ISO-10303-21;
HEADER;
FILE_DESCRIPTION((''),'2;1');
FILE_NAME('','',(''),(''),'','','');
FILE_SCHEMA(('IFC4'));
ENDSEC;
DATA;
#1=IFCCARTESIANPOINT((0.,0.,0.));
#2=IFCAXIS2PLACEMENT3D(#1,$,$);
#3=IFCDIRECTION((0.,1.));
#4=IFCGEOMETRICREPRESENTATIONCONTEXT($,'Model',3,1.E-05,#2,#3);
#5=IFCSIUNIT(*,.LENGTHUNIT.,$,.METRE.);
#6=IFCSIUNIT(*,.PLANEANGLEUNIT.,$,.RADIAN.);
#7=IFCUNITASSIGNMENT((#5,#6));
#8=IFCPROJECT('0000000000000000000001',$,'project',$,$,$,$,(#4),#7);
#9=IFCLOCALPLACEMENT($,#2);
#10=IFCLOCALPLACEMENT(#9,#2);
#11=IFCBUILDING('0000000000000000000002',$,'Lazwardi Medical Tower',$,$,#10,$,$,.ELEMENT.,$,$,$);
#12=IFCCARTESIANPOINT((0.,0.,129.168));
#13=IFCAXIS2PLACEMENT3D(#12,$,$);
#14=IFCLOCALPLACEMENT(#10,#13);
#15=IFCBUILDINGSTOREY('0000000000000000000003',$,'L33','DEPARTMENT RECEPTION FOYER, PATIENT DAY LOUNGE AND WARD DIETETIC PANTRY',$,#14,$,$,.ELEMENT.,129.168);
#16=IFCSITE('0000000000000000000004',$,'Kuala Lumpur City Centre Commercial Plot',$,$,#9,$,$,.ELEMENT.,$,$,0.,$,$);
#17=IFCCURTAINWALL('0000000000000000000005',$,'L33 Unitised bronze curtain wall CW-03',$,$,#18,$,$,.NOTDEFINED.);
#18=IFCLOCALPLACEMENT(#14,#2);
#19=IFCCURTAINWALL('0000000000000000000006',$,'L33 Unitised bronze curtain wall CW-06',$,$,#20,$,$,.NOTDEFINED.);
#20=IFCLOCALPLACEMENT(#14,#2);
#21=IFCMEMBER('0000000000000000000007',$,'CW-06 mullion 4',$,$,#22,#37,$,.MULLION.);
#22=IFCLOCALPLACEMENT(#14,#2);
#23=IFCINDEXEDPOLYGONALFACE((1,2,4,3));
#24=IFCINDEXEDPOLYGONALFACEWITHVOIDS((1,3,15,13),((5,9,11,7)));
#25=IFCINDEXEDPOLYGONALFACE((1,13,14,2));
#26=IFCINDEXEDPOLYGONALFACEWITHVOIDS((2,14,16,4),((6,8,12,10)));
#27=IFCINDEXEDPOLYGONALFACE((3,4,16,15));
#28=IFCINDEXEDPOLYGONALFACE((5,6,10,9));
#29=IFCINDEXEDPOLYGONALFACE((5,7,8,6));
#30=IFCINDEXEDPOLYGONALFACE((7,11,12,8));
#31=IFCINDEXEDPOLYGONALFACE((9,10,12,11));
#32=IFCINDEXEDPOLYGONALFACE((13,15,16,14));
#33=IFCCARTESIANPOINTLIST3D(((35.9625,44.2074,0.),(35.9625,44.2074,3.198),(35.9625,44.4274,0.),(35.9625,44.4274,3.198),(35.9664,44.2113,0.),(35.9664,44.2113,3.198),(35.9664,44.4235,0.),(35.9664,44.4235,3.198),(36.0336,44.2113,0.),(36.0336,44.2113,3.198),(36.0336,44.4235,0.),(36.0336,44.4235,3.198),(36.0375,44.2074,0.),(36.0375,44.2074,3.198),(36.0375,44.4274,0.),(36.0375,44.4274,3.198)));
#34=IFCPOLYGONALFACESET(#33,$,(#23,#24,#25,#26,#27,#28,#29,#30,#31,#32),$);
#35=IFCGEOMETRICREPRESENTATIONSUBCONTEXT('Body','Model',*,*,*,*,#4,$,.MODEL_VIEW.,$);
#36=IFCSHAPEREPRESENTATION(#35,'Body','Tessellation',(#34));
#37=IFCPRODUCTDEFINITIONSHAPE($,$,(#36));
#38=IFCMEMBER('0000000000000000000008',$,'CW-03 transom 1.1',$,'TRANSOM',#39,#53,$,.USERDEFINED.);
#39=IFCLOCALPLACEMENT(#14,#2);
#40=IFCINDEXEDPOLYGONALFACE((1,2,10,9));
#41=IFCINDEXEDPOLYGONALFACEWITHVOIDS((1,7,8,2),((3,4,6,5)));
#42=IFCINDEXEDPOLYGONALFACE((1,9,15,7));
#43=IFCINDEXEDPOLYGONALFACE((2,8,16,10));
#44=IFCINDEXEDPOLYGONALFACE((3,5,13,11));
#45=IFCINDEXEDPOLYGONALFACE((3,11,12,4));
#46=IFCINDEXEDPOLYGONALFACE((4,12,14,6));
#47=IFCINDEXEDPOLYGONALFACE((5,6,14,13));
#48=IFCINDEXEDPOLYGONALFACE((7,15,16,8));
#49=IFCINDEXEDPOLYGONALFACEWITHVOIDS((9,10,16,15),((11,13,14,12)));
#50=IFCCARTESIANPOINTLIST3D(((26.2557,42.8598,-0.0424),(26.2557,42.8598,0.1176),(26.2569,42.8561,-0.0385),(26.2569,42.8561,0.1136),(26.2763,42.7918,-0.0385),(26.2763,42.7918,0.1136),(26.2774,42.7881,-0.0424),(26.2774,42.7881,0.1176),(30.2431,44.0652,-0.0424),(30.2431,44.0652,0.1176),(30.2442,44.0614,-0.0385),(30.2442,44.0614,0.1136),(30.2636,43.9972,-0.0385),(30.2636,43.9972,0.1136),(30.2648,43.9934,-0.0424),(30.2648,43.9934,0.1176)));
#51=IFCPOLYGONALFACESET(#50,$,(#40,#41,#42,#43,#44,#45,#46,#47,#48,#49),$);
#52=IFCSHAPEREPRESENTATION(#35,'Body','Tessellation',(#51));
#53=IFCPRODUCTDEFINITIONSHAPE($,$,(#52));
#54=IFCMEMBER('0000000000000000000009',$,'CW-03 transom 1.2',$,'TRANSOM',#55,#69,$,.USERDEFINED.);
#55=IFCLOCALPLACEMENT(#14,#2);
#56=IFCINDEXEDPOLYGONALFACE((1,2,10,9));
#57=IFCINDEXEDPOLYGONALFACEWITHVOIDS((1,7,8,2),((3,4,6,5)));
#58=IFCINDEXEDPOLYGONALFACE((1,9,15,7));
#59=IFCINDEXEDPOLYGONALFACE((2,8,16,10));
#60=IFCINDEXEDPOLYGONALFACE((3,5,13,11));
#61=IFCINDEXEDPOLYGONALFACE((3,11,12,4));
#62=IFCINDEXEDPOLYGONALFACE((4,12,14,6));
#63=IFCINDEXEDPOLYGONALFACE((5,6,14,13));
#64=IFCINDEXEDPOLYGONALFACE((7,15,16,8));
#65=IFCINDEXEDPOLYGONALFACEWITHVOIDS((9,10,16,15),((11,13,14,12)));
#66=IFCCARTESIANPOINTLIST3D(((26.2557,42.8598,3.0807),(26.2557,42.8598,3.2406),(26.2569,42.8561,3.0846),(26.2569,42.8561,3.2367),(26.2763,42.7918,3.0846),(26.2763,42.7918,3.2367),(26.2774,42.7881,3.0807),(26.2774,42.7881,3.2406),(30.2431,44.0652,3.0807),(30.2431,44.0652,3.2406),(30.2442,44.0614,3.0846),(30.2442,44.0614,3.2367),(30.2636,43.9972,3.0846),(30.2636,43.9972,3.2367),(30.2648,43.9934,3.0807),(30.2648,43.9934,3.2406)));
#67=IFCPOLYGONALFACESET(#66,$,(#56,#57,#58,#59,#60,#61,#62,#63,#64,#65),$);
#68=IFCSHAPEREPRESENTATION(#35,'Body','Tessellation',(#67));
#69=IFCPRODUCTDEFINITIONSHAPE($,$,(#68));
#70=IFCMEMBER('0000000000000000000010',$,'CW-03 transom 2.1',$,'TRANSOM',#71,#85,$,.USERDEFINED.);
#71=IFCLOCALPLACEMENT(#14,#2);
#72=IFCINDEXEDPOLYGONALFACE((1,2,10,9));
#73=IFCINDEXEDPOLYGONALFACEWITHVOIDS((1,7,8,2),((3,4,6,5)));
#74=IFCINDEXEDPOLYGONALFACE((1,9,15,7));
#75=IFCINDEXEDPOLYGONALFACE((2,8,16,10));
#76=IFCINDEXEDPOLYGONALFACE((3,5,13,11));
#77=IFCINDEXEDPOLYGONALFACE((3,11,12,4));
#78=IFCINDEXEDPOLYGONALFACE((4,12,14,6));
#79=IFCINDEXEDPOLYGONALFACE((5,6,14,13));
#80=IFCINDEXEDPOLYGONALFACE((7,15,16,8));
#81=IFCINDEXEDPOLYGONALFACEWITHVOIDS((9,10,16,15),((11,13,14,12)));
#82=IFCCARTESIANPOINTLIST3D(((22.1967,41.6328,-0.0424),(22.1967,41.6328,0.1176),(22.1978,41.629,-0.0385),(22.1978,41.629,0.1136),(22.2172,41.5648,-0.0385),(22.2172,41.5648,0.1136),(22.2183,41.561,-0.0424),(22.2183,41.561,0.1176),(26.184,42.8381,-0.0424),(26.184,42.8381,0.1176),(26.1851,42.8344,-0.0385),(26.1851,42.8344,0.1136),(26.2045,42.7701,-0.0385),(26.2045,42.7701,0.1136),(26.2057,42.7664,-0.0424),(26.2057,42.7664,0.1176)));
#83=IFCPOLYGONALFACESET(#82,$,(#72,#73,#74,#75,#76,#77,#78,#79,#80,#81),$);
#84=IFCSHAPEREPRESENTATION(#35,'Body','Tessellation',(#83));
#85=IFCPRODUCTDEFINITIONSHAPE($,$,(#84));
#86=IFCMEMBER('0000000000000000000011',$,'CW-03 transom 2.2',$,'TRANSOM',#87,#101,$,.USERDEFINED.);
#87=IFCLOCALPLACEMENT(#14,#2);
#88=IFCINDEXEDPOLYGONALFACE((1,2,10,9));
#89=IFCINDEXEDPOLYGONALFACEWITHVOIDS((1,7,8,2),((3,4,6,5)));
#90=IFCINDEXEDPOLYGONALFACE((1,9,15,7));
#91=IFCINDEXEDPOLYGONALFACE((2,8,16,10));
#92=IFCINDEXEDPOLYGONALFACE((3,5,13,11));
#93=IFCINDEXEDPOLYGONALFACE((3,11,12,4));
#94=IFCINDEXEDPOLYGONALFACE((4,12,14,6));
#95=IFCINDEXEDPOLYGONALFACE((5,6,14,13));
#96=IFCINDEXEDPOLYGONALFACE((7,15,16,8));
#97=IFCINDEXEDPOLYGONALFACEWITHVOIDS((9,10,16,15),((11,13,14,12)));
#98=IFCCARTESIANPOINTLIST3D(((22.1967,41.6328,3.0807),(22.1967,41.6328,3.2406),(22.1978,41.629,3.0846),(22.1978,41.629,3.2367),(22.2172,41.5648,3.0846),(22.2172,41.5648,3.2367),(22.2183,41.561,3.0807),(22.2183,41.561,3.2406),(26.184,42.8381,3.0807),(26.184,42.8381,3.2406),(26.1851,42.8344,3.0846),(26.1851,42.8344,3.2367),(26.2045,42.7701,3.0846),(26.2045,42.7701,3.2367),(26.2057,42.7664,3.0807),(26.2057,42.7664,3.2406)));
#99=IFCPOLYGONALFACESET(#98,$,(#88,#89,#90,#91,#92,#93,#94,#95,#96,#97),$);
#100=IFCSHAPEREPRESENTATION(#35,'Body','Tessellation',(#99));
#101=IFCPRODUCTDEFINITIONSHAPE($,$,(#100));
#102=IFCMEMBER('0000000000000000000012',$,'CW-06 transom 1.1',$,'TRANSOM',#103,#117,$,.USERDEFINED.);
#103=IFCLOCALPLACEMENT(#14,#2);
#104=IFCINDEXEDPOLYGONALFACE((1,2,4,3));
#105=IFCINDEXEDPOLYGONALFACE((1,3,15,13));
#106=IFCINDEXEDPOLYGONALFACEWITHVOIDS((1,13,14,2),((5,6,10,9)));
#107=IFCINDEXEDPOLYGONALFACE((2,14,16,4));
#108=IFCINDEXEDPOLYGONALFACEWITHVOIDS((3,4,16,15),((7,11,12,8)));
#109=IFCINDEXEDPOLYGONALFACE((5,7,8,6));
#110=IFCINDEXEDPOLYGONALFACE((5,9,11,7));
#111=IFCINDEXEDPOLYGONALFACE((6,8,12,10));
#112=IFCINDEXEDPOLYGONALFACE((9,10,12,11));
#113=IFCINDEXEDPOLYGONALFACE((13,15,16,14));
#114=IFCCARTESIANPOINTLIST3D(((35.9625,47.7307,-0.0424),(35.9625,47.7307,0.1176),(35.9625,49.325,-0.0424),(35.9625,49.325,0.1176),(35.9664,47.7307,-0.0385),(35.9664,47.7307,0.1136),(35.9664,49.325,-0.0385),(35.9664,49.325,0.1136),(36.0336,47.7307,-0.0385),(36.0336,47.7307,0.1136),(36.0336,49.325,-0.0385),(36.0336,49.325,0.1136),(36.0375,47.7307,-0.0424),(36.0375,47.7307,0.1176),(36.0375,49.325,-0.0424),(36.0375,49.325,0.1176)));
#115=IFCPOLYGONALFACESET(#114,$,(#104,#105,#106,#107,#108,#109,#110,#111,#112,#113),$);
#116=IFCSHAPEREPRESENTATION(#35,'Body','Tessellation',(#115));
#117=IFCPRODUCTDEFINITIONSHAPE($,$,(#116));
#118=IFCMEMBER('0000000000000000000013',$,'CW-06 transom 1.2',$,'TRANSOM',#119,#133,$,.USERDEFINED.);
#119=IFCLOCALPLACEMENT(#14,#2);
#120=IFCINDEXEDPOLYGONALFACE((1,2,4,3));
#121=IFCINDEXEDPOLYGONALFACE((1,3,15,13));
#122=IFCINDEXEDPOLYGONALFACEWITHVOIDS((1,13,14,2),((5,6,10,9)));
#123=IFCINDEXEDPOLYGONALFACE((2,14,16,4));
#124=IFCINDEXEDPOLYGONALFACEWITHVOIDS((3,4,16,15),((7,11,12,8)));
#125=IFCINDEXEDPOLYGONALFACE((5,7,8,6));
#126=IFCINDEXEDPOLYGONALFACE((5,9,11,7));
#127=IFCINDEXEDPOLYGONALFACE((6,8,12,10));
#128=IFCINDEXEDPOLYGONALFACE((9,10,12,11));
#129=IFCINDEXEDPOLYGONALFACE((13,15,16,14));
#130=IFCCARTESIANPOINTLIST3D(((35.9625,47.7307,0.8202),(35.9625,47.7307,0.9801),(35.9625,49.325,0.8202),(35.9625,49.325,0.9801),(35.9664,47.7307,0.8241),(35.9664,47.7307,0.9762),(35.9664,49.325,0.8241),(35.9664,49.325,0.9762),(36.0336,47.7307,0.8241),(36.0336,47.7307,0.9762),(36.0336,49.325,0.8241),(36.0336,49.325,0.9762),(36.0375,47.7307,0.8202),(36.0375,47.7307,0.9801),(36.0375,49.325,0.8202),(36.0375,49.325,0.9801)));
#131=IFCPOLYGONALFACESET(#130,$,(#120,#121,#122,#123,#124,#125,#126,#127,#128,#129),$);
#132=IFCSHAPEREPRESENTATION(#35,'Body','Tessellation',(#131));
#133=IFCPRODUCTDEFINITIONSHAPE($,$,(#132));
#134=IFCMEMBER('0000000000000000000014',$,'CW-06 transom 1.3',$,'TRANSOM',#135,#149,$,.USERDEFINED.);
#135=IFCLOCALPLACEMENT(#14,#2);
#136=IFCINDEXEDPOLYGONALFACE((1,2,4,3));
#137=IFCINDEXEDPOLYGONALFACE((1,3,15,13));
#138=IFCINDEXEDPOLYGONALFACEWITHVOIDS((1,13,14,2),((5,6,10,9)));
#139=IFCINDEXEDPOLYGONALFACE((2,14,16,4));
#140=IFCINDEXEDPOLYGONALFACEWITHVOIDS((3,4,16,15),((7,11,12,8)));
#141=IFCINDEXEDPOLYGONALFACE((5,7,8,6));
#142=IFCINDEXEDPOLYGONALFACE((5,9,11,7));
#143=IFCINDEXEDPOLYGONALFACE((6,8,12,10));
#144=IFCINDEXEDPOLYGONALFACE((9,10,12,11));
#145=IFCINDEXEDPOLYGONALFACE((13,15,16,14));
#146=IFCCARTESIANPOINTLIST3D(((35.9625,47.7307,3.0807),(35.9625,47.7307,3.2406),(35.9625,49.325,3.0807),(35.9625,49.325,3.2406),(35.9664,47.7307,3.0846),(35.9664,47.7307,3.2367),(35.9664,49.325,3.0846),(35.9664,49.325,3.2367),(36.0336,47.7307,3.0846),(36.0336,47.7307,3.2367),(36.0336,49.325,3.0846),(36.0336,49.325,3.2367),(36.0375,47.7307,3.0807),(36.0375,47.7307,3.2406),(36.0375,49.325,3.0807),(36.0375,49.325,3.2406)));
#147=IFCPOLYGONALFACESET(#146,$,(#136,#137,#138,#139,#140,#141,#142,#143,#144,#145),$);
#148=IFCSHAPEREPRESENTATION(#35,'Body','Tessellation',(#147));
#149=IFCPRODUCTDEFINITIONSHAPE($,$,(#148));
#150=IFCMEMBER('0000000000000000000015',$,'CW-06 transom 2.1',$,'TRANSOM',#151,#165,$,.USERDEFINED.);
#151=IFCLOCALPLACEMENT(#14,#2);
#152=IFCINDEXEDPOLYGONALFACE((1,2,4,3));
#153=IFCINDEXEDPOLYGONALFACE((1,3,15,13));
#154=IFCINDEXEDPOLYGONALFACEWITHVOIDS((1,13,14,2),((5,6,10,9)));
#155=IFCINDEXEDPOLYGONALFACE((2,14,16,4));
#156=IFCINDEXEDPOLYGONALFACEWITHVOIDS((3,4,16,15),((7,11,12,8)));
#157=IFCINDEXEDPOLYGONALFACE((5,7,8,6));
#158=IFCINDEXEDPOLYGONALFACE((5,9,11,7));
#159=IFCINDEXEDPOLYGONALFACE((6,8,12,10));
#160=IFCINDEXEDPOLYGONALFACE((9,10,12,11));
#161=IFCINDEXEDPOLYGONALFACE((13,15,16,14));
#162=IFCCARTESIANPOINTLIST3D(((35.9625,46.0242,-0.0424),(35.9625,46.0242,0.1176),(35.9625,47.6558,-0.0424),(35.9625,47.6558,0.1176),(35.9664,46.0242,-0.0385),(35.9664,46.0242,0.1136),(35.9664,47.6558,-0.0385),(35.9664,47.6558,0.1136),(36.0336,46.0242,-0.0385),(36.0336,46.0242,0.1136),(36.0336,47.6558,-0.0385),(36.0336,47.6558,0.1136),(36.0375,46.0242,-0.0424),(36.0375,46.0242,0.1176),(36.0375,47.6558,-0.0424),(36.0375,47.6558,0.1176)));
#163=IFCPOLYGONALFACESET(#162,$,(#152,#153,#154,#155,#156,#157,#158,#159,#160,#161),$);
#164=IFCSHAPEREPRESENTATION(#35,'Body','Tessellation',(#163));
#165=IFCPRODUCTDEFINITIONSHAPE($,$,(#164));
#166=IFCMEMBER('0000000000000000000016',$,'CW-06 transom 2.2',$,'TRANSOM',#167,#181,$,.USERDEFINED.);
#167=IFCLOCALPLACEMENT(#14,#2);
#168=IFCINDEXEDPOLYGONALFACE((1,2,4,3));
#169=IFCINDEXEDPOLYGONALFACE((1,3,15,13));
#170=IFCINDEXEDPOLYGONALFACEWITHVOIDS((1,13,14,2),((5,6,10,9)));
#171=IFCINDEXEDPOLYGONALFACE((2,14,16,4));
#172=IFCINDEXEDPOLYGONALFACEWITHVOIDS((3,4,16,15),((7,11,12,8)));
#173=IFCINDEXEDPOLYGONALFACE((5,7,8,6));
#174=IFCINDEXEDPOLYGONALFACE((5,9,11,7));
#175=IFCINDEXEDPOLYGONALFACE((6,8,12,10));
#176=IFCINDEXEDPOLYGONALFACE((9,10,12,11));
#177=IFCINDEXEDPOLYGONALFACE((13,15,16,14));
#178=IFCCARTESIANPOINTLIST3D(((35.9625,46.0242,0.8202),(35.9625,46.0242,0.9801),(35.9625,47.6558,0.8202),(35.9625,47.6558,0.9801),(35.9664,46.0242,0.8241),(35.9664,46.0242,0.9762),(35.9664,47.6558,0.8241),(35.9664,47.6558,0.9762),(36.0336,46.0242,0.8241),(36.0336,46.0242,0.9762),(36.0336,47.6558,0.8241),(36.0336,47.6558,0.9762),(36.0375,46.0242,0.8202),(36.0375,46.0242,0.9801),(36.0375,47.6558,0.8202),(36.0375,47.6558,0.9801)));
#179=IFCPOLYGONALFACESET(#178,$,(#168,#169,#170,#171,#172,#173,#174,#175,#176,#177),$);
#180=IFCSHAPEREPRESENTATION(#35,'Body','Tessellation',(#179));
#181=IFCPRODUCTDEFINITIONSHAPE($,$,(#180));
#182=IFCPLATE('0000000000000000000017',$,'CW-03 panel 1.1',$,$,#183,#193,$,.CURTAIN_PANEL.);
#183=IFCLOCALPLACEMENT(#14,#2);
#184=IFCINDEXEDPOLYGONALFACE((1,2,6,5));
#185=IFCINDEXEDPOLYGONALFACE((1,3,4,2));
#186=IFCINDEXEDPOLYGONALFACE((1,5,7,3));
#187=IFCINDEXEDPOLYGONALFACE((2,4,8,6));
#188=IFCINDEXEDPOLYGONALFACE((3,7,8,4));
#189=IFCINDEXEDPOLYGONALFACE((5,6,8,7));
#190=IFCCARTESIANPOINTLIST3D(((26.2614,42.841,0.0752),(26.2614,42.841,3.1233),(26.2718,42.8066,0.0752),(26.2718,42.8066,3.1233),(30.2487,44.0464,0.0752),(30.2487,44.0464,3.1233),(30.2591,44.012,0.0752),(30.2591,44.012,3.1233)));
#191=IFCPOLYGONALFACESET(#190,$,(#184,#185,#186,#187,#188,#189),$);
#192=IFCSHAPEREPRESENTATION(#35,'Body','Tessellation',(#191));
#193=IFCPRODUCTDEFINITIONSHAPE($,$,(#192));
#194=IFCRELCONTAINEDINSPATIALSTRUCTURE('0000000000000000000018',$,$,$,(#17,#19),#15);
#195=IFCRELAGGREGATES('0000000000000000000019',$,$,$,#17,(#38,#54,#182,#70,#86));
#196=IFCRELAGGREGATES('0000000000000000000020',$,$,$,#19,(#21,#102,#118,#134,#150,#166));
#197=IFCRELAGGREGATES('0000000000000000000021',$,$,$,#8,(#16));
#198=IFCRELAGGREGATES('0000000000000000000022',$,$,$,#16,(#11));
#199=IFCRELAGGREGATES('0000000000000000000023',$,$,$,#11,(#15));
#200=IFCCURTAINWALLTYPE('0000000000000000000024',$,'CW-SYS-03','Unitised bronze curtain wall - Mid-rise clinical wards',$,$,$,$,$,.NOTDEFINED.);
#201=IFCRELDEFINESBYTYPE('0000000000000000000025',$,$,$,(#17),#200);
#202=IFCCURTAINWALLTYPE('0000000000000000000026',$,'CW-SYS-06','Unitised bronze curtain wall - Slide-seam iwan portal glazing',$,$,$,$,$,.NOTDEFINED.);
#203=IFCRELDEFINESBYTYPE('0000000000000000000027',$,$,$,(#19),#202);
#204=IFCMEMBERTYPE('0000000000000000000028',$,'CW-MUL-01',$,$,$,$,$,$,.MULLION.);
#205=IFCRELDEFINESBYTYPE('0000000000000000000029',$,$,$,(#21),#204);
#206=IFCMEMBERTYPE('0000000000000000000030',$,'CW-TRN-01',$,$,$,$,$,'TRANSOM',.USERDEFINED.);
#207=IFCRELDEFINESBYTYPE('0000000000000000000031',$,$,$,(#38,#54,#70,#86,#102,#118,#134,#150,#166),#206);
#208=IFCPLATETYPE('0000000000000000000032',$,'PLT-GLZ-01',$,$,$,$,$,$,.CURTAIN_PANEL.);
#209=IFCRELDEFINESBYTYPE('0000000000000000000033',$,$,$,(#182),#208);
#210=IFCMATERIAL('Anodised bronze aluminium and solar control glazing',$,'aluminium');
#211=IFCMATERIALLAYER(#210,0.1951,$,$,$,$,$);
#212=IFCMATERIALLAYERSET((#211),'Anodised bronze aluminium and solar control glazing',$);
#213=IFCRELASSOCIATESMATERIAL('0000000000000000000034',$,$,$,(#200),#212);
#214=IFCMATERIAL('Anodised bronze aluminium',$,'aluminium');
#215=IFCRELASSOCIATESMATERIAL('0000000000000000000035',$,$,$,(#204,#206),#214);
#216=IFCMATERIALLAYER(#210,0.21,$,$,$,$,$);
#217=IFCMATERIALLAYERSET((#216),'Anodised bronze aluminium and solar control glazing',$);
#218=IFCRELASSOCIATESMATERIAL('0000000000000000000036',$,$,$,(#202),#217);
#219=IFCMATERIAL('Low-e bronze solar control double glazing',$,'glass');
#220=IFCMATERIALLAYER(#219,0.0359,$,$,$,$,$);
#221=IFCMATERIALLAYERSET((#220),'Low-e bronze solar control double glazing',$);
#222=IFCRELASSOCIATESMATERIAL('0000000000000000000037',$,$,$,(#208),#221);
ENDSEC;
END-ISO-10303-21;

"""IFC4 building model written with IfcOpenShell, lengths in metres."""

from ifc_helpers import new_model, si_unit, direction, frame, origin, origin_2d, place, context, subcontext, project, spatial, rectangle, hollow_rectangle, extrude, material, layer, layer_set, material_profile, profile_set, type_object, element, aggregate, save


model = new_model("IFC4")

# Units and contexts
model_context = context("Model", 3, precision=1e-05, world=origin(), true_north=direction((0.0, 1.0)))
body_context = subcontext(model_context, "Body", "Model", "MODEL_VIEW")
ifc_project = project(units=[si_unit("LENGTHUNIT", "METRE"), si_unit("PLANEANGLEUNIT", "RADIAN")], contexts=[model_context])

# Site, building, storey
site_placement = place(None, origin())
site = spatial("IfcSite", under=ifc_project, at=site_placement, Name="Kuala Lumpur City Centre Commercial Plot", CompositionType="ELEMENT", RefElevation=0.0)
building_placement = place(site_placement, origin())
building = spatial("IfcBuilding", under=site, at=building_placement, Name="Lazwardi Medical Tower", CompositionType="ELEMENT")
storey_placement = place(building_placement, frame((0.0, 0.0, 129.168)))
storey = spatial("IfcBuildingStorey", under=building, at=storey_placement, Name="L33", Description="DEPARTMENT RECEPTION FOYER, PATIENT DAY LOUNGE AND WARD DIETETIC PANTRY", CompositionType="ELEMENT", Elevation=129.168)

# Curtain walls, member
ifc_material_1 = material(Name="Anodised bronze aluminium and solar control glazing", Category="aluminium")
ifc_layer_1 = layer(ifc_material_1, 0.1951)
ifc_layer_set_1 = layer_set([ifc_layer_1], Name="Anodised bronze aluminium and solar control glazing")
curtain_wall_type_1 = type_object("IfcCurtainWallType", Name="CW-SYS-03", Description="Unitised bronze curtain wall - Mid-rise clinical wards", PredefinedType="NOTDEFINED", material=ifc_layer_set_1)
curtain_wall_1_placement = place(storey_placement, origin())
curtain_wall_1 = element("IfcCurtainWall", 1, at=curtain_wall_1_placement, inside=storey, type_object=curtain_wall_type_1, Name="L33 Unitised bronze curtain wall CW-03", PredefinedType="NOTDEFINED")
ifc_material_2 = material(Name="Anodised bronze aluminium", Category="aluminium")
ifc_material_profile_1 = material_profile(ifc_material_2, hollow_rectangle(XDim=0.075, YDim=0.22, WallThickness=0.0039, at=origin_2d()), Name="ALU-MULLION 220x75x4")
ifc_profile_set_1 = profile_set([ifc_material_profile_1], Name="Anodised bronze aluminium")
member_type_1 = type_object("IfcMemberType", Name="CW-MUL-01", PredefinedType="MULLION", material=ifc_profile_set_1)
ifc_layer_2 = layer(ifc_material_1, 0.21)
ifc_layer_set_2 = layer_set([ifc_layer_2], Name="Anodised bronze aluminium and solar control glazing")
curtain_wall_type_2 = type_object("IfcCurtainWallType", Name="CW-SYS-06", Description="Unitised bronze curtain wall - Slide-seam iwan portal glazing", PredefinedType="NOTDEFINED", material=ifc_layer_set_2)
curtain_wall_2_placement = place(storey_placement, origin())
curtain_wall_2 = element("IfcCurtainWall", 2, at=curtain_wall_2_placement, inside=storey, type_object=curtain_wall_type_2, Name="L33 Unitised bronze curtain wall CW-06", PredefinedType="NOTDEFINED")
member_1_placement = place(storey_placement, frame((36.0, 44.3174, 0.0), z_axis=(0.0, 0.0, 1.0), x_axis=(1.0, 0.0, 0.0)))
member_1 = element("IfcMember", 3, at=member_1_placement, type_object=member_type_1, Name="CW-06 mullion 4", PredefinedType="MULLION", context=body_context, shape_type="SweptSolid", body=[
    extrude(hollow_rectangle(XDim=0.075, YDim=0.22, WallThickness=0.0039, at=origin_2d()), origin(), (0.0, 0.0, 1.0), 3.198),
])

# Members
ifc_material_profile_2 = material_profile(ifc_material_2, hollow_rectangle(XDim=0.075, YDim=0.1599, WallThickness=0.0039, at=origin_2d()), Name="ALU-TRANSOM 160x75x4")
ifc_profile_set_2 = profile_set([ifc_material_profile_2], Name="Anodised bronze aluminium")
member_type_2 = type_object("IfcMemberType", Name="CW-TRN-01", ElementType="TRANSOM", PredefinedType="USERDEFINED", material=ifc_profile_set_2)
member_2_placement = place(storey_placement, frame((30.2539, 44.0293, 0.0376), z_axis=(-0.957221, -0.289358, 0.0), x_axis=(0.289358, -0.957221, 0.0)))
member_2 = element("IfcMember", 4, at=member_2_placement, type_object=member_type_2, Name="CW-03 transom 1.1", ObjectType="TRANSOM", PredefinedType="USERDEFINED", context=body_context, shape_type="SweptSolid", body=[
    extrude(hollow_rectangle(XDim=0.075, YDim=0.1599, WallThickness=0.0039, at=origin_2d()), origin(), (0.0, 0.0, 1.0), 4.1655),
])
member_3_placement = place(storey_placement, frame((30.2539, 44.0293, 3.1606), z_axis=(-0.957221, -0.289358, 0.0), x_axis=(0.289358, -0.957221, 0.0)))
member_3 = element("IfcMember", 5, at=member_3_placement, type_object=member_type_2, Name="CW-03 transom 1.2", ObjectType="TRANSOM", PredefinedType="USERDEFINED", context=body_context, shape_type="SweptSolid", body=[
    extrude(hollow_rectangle(XDim=0.075, YDim=0.1599, WallThickness=0.0039, at=origin_2d()), origin(), (0.0, 0.0, 1.0), 4.1655),
])
member_4_placement = place(storey_placement, frame((26.1948, 42.8022, 0.0376), z_axis=(-0.957221, -0.289358, 0.0), x_axis=(0.289358, -0.957221, 0.0)))
member_4 = element("IfcMember", 6, at=member_4_placement, type_object=member_type_2, Name="CW-03 transom 2.1", ObjectType="TRANSOM", PredefinedType="USERDEFINED", context=body_context, shape_type="SweptSolid", body=[
    extrude(hollow_rectangle(XDim=0.075, YDim=0.1599, WallThickness=0.0039, at=origin_2d()), origin(), (0.0, 0.0, 1.0), 4.1655),
])
member_5_placement = place(storey_placement, frame((26.1948, 42.8022, 3.1606), z_axis=(-0.957221, -0.289358, 0.0), x_axis=(0.289358, -0.957221, 0.0)))
member_5 = element("IfcMember", 7, at=member_5_placement, type_object=member_type_2, Name="CW-03 transom 2.2", ObjectType="TRANSOM", PredefinedType="USERDEFINED", context=body_context, shape_type="SweptSolid", body=[
    extrude(hollow_rectangle(XDim=0.075, YDim=0.1599, WallThickness=0.0039, at=origin_2d()), origin(), (0.0, 0.0, 1.0), 4.1655),
])
member_6_placement = place(storey_placement, frame((36.0, 49.325, 0.0376), z_axis=(0.0, -1.0, 0.0), x_axis=(1.0, 0.0, 0.0)))
member_6 = element("IfcMember", 8, at=member_6_placement, type_object=member_type_2, Name="CW-06 transom 1.1", ObjectType="TRANSOM", PredefinedType="USERDEFINED", context=body_context, shape_type="SweptSolid", body=[
    extrude(hollow_rectangle(XDim=0.075, YDim=0.1599, WallThickness=0.0039, at=origin_2d()), origin(), (0.0, 0.0, 1.0), 1.5942),
])
member_7_placement = place(storey_placement, frame((36.0, 49.325, 0.9001), z_axis=(0.0, -1.0, 0.0), x_axis=(1.0, 0.0, 0.0)))
member_7 = element("IfcMember", 9, at=member_7_placement, type_object=member_type_2, Name="CW-06 transom 1.2", ObjectType="TRANSOM", PredefinedType="USERDEFINED", context=body_context, shape_type="SweptSolid", body=[
    extrude(hollow_rectangle(XDim=0.075, YDim=0.1599, WallThickness=0.0039, at=origin_2d()), origin(), (0.0, 0.0, 1.0), 1.5942),
])
member_8_placement = place(storey_placement, frame((36.0, 49.325, 3.1606), z_axis=(0.0, -1.0, 0.0), x_axis=(1.0, 0.0, 0.0)))
member_8 = element("IfcMember", 10, at=member_8_placement, type_object=member_type_2, Name="CW-06 transom 1.3", ObjectType="TRANSOM", PredefinedType="USERDEFINED", context=body_context, shape_type="SweptSolid", body=[
    extrude(hollow_rectangle(XDim=0.075, YDim=0.1599, WallThickness=0.0039, at=origin_2d()), origin(), (0.0, 0.0, 1.0), 1.5942),
])
member_9_placement = place(storey_placement, frame((36.0, 47.6558, 0.0376), z_axis=(0.0, -1.0, 0.0), x_axis=(1.0, 0.0, 0.0)))
member_9 = element("IfcMember", 11, at=member_9_placement, type_object=member_type_2, Name="CW-06 transom 2.1", ObjectType="TRANSOM", PredefinedType="USERDEFINED", context=body_context, shape_type="SweptSolid", body=[
    extrude(hollow_rectangle(XDim=0.075, YDim=0.1599, WallThickness=0.0039, at=origin_2d()), origin(), (0.0, 0.0, 1.0), 1.6316),
])
member_10_placement = place(storey_placement, frame((36.0, 47.6558, 0.9001), z_axis=(0.0, -1.0, 0.0), x_axis=(1.0, 0.0, 0.0)))
member_10 = element("IfcMember", 12, at=member_10_placement, type_object=member_type_2, Name="CW-06 transom 2.2", ObjectType="TRANSOM", PredefinedType="USERDEFINED", context=body_context, shape_type="SweptSolid", body=[
    extrude(hollow_rectangle(XDim=0.075, YDim=0.1599, WallThickness=0.0039, at=origin_2d()), origin(), (0.0, 0.0, 1.0), 1.6316),
])

# Plate
ifc_material_3 = material(Name="Low-e bronze solar control double glazing", Category="glass")
ifc_layer_3 = layer(ifc_material_3, 0.0359)
ifc_layer_set_3 = layer_set([ifc_layer_3], Name="Low-e bronze solar control double glazing")
plate_type_1 = type_object("IfcPlateType", Name="PLT-GLZ-01", PredefinedType="CURTAIN_PANEL", material=ifc_layer_set_3)
plate_1_placement = place(storey_placement, frame((28.2603, 43.4265, 0.0752), z_axis=(0.0, 0.0, 1.0), x_axis=(-0.957216, -0.289374, 0.0)))
plate_1 = element("IfcPlate", 13, at=plate_1_placement, type_object=plate_type_1, Name="CW-03 panel 1.1", PredefinedType="CURTAIN_PANEL", context=body_context, shape_type="SweptSolid", body=[
    extrude(rectangle(XDim=4.1655, YDim=0.0359, at=origin_2d()), origin(), (0.0, 0.0, 1.0), 3.0481),
])
aggregate(curtain_wall_1, [member_2, member_3, plate_1, member_4, member_5])
aggregate(curtain_wall_2, [member_1, member_6, member_7, member_8, member_9, member_10])

save(model, "model.ifc")
